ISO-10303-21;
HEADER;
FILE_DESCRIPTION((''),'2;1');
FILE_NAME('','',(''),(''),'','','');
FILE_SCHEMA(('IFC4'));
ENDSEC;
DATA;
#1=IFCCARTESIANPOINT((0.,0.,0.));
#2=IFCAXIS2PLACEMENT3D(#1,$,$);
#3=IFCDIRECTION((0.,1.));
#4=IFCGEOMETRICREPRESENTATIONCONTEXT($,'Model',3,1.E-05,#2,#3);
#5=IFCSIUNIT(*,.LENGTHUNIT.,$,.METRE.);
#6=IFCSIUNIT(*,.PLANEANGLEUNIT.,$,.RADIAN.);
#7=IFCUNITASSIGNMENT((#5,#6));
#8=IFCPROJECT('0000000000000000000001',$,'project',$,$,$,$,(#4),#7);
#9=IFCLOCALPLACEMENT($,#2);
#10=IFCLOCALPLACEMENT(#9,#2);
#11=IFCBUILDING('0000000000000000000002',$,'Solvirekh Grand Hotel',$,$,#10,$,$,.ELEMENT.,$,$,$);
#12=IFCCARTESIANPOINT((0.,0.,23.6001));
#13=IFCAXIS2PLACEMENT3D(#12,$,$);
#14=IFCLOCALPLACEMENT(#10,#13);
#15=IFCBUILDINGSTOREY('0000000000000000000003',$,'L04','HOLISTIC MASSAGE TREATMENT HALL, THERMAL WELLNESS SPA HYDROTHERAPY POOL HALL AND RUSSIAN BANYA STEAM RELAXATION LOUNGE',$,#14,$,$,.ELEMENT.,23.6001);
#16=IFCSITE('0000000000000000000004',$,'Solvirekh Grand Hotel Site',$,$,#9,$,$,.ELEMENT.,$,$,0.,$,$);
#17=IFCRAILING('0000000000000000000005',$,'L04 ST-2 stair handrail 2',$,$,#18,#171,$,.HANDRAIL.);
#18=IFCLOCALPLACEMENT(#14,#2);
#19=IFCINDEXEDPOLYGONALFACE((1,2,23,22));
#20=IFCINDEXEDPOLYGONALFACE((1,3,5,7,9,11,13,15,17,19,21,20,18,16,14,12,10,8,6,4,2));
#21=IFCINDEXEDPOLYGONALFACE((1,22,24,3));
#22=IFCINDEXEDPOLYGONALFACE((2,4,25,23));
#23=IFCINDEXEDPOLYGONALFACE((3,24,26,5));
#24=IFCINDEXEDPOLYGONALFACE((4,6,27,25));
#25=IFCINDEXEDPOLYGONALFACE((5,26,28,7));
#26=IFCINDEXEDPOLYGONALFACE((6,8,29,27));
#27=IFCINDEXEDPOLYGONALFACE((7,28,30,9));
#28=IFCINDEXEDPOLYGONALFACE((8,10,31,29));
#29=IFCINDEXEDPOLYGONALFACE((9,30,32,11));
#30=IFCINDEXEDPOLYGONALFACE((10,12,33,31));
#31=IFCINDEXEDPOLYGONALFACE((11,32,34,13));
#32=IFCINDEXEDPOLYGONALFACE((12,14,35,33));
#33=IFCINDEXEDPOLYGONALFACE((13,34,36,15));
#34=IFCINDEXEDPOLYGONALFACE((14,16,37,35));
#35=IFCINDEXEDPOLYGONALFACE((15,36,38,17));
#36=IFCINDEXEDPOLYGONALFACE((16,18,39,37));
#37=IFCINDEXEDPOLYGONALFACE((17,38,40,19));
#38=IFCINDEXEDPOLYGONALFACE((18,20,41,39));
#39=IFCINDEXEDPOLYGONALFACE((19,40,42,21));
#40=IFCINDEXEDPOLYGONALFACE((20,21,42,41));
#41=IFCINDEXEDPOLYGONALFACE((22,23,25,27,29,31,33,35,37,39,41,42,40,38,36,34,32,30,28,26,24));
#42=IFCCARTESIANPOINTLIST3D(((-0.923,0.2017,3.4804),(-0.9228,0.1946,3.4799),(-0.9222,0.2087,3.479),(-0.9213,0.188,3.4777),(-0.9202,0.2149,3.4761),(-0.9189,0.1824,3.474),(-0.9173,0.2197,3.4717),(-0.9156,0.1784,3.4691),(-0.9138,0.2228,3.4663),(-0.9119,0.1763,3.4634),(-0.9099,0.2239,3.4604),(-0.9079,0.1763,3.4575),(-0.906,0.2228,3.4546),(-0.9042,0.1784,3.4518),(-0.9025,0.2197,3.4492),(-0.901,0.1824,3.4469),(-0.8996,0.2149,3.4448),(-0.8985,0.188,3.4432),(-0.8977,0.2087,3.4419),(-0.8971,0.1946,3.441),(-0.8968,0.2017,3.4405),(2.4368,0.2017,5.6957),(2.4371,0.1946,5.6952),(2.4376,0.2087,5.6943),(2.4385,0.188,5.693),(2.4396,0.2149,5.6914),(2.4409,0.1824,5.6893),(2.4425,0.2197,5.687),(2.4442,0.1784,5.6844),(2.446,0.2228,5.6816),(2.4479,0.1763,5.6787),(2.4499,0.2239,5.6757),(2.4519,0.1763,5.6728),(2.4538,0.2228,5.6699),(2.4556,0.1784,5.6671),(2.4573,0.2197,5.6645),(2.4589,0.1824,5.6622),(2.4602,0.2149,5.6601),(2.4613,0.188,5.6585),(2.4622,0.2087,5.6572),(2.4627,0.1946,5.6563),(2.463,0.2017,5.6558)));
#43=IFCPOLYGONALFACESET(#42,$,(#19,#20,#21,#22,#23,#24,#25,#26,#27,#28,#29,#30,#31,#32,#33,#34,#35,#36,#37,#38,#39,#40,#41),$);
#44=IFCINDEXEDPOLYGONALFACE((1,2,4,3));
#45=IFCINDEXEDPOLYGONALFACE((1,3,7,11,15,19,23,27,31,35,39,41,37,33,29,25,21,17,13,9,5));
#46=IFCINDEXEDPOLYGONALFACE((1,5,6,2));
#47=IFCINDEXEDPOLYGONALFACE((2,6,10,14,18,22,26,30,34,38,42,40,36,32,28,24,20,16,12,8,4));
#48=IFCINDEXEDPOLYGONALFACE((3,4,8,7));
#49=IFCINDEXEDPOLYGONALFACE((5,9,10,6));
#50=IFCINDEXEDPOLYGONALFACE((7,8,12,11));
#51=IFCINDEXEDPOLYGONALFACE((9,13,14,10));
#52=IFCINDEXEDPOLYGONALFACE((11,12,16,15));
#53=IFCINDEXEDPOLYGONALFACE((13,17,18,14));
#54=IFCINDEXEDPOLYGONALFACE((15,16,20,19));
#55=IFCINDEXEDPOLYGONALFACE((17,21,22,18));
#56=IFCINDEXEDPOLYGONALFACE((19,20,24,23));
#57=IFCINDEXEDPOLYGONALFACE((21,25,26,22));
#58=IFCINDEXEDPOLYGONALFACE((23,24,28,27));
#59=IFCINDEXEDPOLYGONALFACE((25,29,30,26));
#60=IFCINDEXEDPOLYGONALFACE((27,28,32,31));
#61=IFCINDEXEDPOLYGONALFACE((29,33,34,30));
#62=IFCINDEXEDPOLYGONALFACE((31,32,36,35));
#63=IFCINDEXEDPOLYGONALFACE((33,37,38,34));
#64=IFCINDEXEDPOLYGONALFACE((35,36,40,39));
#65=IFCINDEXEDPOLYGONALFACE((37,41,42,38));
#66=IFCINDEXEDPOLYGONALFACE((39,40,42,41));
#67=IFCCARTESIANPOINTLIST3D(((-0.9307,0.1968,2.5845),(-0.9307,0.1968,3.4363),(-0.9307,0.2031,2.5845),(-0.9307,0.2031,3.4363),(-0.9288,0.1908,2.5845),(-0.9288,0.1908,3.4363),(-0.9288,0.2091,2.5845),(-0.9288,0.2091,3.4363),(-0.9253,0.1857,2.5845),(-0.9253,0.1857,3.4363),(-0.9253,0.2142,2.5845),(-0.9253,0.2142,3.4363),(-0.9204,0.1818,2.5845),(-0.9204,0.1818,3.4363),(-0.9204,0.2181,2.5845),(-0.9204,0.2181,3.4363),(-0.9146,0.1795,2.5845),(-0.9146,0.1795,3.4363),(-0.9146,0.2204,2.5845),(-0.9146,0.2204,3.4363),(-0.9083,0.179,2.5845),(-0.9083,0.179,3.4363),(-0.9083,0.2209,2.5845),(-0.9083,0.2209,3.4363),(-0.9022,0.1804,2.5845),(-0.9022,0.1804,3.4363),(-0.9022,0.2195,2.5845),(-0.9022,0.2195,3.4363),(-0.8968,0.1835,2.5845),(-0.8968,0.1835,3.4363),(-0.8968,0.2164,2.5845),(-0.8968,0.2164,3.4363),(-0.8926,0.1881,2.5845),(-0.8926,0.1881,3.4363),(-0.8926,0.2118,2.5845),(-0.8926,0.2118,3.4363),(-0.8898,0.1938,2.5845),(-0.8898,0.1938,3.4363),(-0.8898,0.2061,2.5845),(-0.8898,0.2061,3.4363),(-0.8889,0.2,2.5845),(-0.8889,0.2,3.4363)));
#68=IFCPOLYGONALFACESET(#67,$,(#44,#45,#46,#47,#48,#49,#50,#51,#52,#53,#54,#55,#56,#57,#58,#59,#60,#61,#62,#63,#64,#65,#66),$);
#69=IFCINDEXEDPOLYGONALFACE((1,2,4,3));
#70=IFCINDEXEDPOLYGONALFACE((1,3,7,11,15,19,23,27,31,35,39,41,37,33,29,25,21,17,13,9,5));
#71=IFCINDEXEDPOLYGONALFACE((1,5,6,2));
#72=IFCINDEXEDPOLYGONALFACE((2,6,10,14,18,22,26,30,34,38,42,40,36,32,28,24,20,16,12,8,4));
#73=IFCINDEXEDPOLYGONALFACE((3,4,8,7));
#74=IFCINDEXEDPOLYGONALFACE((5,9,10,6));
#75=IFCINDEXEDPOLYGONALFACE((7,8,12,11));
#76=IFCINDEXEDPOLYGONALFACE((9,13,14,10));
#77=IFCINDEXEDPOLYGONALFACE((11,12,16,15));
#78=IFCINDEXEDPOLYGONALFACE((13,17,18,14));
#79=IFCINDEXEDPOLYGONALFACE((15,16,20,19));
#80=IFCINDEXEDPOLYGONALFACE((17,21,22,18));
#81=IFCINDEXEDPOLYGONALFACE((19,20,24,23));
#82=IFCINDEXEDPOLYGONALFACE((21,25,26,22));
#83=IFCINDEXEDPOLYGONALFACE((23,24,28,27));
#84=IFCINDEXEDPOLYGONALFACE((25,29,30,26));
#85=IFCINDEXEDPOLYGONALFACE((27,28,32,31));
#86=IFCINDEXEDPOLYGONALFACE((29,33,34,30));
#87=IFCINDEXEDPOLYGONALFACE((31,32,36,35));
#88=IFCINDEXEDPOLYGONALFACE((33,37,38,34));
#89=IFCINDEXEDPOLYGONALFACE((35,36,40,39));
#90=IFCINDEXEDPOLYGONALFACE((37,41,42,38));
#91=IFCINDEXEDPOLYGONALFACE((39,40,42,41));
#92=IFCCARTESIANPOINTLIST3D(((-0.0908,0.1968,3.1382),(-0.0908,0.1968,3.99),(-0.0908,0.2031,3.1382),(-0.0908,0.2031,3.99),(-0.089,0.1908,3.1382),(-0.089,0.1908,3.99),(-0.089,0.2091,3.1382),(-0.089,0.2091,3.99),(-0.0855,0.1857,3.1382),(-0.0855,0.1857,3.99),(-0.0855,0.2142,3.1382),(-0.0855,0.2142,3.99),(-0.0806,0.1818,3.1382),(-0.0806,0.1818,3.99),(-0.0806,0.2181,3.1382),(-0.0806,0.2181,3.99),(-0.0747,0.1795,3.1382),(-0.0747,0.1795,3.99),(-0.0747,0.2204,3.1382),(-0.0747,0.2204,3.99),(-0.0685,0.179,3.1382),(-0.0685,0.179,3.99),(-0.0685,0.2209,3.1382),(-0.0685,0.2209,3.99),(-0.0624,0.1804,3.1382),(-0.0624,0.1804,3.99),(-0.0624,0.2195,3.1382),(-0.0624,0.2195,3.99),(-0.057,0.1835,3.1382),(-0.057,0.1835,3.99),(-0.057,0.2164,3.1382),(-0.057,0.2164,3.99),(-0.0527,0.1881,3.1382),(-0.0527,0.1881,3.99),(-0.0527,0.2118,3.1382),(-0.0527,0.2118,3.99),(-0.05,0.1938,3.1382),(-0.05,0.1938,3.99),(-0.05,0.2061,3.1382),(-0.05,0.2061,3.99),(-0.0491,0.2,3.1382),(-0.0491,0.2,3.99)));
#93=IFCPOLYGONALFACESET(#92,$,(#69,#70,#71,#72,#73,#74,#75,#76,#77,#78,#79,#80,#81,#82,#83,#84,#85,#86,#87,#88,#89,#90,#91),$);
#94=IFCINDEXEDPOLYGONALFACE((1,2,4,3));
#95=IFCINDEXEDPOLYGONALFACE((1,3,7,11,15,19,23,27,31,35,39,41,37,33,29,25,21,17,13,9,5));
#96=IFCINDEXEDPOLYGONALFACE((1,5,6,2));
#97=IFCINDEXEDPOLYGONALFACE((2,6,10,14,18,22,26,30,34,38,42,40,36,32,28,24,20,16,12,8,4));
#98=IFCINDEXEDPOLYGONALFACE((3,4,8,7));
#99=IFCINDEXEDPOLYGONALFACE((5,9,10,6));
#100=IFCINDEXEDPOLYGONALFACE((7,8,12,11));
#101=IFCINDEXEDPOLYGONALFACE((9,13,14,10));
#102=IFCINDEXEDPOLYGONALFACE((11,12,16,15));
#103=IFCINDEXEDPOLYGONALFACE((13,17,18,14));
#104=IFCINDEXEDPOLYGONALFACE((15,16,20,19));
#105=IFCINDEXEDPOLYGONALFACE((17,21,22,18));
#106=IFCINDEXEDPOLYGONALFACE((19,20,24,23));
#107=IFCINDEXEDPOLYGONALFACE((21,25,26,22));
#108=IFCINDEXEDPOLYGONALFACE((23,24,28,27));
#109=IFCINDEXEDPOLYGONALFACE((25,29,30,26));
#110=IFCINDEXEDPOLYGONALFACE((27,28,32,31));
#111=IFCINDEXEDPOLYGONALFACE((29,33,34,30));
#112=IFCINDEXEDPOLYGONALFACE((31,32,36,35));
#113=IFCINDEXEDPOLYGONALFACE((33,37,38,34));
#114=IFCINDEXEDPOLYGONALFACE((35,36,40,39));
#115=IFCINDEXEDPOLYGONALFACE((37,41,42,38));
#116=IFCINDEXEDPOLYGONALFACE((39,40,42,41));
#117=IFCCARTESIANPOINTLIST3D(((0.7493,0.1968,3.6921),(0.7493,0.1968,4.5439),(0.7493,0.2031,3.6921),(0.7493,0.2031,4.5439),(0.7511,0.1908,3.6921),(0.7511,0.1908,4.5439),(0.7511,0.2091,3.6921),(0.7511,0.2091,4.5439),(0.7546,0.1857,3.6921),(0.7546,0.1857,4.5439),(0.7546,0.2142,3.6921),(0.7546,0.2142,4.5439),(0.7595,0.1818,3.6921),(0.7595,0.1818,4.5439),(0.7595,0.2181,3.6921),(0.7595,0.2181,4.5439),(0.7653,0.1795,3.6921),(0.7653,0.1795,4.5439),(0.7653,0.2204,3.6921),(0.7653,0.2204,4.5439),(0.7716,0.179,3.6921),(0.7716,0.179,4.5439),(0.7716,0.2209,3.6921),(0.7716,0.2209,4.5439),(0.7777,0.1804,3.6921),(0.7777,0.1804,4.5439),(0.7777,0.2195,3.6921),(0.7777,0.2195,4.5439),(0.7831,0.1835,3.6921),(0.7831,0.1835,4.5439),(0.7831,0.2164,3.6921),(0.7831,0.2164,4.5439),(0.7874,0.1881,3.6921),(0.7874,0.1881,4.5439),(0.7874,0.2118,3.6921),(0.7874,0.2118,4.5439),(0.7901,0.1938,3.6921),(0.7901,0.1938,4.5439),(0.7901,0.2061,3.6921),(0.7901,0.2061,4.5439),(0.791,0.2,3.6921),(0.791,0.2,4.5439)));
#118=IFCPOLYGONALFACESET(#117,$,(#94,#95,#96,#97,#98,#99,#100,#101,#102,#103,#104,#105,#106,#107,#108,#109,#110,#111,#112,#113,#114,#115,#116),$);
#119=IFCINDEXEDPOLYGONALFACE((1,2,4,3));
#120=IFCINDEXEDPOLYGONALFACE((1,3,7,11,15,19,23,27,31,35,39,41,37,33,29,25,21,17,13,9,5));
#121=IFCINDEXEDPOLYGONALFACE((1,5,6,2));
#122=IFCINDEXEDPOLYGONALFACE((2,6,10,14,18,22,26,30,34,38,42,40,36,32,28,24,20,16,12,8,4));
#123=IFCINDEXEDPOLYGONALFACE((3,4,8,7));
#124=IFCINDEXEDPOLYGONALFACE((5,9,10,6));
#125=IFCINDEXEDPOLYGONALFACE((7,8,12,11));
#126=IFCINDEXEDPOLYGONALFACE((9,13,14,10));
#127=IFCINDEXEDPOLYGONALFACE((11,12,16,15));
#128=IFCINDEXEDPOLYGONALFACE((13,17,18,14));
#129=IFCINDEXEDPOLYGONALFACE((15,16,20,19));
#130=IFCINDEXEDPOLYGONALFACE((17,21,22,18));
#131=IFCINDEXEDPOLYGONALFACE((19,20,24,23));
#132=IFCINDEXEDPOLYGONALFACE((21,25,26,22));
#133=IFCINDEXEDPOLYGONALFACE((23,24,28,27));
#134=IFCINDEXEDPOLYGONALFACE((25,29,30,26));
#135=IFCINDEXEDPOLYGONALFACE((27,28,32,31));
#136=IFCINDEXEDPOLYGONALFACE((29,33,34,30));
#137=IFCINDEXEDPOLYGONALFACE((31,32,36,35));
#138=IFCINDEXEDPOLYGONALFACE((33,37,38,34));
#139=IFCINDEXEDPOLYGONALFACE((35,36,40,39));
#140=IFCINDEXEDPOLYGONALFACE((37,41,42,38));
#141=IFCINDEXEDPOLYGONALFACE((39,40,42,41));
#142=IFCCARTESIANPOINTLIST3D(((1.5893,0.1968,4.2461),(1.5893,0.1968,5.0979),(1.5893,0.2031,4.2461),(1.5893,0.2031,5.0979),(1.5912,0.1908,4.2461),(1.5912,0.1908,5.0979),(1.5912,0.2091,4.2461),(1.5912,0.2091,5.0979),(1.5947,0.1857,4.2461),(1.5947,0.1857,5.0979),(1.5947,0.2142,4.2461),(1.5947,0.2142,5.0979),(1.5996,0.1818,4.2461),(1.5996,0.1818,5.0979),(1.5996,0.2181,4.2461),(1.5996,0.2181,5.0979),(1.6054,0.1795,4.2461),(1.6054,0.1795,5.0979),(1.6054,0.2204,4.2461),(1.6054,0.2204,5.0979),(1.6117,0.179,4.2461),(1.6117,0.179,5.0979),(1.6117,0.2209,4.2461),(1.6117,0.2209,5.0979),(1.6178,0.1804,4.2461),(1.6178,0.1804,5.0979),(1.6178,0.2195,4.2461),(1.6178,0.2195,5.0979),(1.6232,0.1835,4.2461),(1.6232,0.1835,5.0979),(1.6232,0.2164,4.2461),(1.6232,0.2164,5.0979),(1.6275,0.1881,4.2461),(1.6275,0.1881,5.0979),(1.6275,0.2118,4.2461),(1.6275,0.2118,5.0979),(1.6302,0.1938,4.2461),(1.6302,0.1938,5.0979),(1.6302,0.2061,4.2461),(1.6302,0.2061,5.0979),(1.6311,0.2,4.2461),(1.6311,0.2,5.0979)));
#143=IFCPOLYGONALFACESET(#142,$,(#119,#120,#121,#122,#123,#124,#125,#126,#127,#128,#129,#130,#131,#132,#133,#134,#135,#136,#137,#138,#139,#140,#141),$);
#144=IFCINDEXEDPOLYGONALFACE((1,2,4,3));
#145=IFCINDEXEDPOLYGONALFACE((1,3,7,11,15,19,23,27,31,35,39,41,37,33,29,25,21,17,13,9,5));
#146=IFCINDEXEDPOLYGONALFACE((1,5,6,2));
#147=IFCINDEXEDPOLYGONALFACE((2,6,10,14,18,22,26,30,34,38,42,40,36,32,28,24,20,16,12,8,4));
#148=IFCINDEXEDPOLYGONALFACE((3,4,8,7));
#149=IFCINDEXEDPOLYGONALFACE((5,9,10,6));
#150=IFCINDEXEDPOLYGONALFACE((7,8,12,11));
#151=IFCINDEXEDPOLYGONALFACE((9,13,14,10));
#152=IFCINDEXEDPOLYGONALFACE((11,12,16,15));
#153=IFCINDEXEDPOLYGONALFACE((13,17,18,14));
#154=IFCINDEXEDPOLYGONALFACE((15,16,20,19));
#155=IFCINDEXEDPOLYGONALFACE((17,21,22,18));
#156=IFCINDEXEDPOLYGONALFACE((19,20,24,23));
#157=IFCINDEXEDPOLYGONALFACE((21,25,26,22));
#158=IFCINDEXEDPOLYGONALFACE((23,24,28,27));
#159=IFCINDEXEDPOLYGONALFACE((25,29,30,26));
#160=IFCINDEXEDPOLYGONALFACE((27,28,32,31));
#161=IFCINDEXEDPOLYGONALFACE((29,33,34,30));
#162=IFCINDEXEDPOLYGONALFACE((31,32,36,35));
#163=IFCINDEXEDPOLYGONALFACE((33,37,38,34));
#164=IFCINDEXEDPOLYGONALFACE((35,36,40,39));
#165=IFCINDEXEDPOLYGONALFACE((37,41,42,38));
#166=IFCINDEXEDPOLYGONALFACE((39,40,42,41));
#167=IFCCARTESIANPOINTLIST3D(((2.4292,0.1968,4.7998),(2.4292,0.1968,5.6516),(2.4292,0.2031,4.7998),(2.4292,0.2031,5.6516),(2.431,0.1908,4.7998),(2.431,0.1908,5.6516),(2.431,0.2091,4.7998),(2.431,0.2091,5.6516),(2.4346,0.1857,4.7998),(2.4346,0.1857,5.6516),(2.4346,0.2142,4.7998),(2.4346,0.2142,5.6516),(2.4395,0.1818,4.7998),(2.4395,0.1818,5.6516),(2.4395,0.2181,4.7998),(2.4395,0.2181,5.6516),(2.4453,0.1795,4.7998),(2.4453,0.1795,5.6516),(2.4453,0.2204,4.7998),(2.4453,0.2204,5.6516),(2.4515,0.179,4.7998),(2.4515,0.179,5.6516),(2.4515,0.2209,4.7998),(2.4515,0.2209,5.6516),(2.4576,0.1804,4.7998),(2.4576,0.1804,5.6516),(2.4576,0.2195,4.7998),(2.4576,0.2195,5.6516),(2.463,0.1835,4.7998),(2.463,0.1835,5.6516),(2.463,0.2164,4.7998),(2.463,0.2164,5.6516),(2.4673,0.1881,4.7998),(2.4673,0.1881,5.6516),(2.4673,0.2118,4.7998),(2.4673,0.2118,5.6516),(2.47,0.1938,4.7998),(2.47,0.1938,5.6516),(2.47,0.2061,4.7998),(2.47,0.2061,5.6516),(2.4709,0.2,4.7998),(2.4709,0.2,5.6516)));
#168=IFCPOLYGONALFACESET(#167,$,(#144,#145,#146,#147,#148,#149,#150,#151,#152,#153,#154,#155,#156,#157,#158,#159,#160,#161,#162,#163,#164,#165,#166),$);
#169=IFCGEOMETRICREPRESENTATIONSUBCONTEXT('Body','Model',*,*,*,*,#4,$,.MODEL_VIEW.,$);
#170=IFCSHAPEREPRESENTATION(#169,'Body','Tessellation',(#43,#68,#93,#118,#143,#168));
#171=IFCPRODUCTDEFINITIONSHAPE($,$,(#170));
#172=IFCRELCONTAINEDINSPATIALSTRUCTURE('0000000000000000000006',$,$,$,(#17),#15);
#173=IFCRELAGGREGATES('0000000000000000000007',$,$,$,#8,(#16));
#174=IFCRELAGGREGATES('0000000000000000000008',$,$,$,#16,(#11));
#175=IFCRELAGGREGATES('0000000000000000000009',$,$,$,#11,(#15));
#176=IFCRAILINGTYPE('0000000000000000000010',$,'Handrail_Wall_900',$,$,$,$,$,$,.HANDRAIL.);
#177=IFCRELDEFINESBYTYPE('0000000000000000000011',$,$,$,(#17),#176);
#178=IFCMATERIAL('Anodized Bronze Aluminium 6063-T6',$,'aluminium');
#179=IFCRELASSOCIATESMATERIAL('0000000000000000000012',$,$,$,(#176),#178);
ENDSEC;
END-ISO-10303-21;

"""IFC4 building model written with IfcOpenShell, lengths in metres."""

from ifc_helpers import new_model, si_unit, direction, frame, origin, origin_2d, place, context, subcontext, project, spatial, circle, extrude, material, type_object, element, save


model = new_model("IFC4")

# Units and contexts
model_context = context("Model", 3, precision=1e-05, world=origin(), true_north=direction((0.0, 1.0)))
body_context = subcontext(model_context, "Body", "Model", "MODEL_VIEW")
ifc_project = project(units=[si_unit("LENGTHUNIT", "METRE"), si_unit("PLANEANGLEUNIT", "RADIAN")], contexts=[model_context])

# Site, building, storey
site_placement = place(None, origin())
site = spatial("IfcSite", under=ifc_project, at=site_placement, Name="Solvirekh Grand Hotel Site", CompositionType="ELEMENT", RefElevation=0.0)
building_placement = place(site_placement, origin())
building = spatial("IfcBuilding", under=site, at=building_placement, Name="Solvirekh Grand Hotel", CompositionType="ELEMENT")
storey_placement = place(building_placement, frame((0.0, 0.0, 23.6001)))
storey = spatial("IfcBuildingStorey", under=building, at=storey_placement, Name="L04", Description="HOLISTIC MASSAGE TREATMENT HALL, THERMAL WELLNESS SPA HYDROTHERAPY POOL HALL AND RUSSIAN BANYA STEAM RELAXATION LOUNGE", CompositionType="ELEMENT", Elevation=23.6001)

# Shared definitions
ifc_material_1 = material(Name="Anodized Bronze Aluminium 6063-T6", Category="aluminium")

# Railing
railing_type_1 = type_object("IfcRailingType", Name="Handrail_Wall_900", PredefinedType="HANDRAIL", material=ifc_material_1)
railing_1_placement = place(storey_placement, frame((-0.9099, 0.2, 2.5845)))
element("IfcRailing", 1, at=railing_1_placement, inside=storey, type_object=railing_type_1, Name="L04 ST-2 stair handrail 2", PredefinedType="HANDRAIL", context=body_context, shape_type="SweptSolid", body=[
    extrude(circle(Radius=0.0239, at=origin_2d()), frame((0.0, 0.0, 0.876), z_axis=(0.834858, 0.0, 0.550465), x_axis=(0.0, 1.0, 0.0)), (0.0, 0.0, 1.0), 4.0244),
    extrude(circle(Radius=0.021, at=origin_2d()), origin(), (0.0, 0.0, 1.0), 0.8518),
    extrude(circle(Radius=0.021, at=origin_2d()), frame((0.8398, 0.0, 0.5537)), (0.0, 0.0, 1.0), 0.8518),
    extrude(circle(Radius=0.021, at=origin_2d()), frame((1.6799, 0.0, 1.1077)), (0.0, 0.0, 1.0), 0.8518),
    extrude(circle(Radius=0.021, at=origin_2d()), frame((2.52, 0.0, 1.6616)), (0.0, 0.0, 1.0), 0.8518),
    extrude(circle(Radius=0.021, at=origin_2d()), frame((3.3599, 0.0, 2.2153)), (0.0, 0.0, 1.0), 0.8518),
])

save(model, "model.ifc")
